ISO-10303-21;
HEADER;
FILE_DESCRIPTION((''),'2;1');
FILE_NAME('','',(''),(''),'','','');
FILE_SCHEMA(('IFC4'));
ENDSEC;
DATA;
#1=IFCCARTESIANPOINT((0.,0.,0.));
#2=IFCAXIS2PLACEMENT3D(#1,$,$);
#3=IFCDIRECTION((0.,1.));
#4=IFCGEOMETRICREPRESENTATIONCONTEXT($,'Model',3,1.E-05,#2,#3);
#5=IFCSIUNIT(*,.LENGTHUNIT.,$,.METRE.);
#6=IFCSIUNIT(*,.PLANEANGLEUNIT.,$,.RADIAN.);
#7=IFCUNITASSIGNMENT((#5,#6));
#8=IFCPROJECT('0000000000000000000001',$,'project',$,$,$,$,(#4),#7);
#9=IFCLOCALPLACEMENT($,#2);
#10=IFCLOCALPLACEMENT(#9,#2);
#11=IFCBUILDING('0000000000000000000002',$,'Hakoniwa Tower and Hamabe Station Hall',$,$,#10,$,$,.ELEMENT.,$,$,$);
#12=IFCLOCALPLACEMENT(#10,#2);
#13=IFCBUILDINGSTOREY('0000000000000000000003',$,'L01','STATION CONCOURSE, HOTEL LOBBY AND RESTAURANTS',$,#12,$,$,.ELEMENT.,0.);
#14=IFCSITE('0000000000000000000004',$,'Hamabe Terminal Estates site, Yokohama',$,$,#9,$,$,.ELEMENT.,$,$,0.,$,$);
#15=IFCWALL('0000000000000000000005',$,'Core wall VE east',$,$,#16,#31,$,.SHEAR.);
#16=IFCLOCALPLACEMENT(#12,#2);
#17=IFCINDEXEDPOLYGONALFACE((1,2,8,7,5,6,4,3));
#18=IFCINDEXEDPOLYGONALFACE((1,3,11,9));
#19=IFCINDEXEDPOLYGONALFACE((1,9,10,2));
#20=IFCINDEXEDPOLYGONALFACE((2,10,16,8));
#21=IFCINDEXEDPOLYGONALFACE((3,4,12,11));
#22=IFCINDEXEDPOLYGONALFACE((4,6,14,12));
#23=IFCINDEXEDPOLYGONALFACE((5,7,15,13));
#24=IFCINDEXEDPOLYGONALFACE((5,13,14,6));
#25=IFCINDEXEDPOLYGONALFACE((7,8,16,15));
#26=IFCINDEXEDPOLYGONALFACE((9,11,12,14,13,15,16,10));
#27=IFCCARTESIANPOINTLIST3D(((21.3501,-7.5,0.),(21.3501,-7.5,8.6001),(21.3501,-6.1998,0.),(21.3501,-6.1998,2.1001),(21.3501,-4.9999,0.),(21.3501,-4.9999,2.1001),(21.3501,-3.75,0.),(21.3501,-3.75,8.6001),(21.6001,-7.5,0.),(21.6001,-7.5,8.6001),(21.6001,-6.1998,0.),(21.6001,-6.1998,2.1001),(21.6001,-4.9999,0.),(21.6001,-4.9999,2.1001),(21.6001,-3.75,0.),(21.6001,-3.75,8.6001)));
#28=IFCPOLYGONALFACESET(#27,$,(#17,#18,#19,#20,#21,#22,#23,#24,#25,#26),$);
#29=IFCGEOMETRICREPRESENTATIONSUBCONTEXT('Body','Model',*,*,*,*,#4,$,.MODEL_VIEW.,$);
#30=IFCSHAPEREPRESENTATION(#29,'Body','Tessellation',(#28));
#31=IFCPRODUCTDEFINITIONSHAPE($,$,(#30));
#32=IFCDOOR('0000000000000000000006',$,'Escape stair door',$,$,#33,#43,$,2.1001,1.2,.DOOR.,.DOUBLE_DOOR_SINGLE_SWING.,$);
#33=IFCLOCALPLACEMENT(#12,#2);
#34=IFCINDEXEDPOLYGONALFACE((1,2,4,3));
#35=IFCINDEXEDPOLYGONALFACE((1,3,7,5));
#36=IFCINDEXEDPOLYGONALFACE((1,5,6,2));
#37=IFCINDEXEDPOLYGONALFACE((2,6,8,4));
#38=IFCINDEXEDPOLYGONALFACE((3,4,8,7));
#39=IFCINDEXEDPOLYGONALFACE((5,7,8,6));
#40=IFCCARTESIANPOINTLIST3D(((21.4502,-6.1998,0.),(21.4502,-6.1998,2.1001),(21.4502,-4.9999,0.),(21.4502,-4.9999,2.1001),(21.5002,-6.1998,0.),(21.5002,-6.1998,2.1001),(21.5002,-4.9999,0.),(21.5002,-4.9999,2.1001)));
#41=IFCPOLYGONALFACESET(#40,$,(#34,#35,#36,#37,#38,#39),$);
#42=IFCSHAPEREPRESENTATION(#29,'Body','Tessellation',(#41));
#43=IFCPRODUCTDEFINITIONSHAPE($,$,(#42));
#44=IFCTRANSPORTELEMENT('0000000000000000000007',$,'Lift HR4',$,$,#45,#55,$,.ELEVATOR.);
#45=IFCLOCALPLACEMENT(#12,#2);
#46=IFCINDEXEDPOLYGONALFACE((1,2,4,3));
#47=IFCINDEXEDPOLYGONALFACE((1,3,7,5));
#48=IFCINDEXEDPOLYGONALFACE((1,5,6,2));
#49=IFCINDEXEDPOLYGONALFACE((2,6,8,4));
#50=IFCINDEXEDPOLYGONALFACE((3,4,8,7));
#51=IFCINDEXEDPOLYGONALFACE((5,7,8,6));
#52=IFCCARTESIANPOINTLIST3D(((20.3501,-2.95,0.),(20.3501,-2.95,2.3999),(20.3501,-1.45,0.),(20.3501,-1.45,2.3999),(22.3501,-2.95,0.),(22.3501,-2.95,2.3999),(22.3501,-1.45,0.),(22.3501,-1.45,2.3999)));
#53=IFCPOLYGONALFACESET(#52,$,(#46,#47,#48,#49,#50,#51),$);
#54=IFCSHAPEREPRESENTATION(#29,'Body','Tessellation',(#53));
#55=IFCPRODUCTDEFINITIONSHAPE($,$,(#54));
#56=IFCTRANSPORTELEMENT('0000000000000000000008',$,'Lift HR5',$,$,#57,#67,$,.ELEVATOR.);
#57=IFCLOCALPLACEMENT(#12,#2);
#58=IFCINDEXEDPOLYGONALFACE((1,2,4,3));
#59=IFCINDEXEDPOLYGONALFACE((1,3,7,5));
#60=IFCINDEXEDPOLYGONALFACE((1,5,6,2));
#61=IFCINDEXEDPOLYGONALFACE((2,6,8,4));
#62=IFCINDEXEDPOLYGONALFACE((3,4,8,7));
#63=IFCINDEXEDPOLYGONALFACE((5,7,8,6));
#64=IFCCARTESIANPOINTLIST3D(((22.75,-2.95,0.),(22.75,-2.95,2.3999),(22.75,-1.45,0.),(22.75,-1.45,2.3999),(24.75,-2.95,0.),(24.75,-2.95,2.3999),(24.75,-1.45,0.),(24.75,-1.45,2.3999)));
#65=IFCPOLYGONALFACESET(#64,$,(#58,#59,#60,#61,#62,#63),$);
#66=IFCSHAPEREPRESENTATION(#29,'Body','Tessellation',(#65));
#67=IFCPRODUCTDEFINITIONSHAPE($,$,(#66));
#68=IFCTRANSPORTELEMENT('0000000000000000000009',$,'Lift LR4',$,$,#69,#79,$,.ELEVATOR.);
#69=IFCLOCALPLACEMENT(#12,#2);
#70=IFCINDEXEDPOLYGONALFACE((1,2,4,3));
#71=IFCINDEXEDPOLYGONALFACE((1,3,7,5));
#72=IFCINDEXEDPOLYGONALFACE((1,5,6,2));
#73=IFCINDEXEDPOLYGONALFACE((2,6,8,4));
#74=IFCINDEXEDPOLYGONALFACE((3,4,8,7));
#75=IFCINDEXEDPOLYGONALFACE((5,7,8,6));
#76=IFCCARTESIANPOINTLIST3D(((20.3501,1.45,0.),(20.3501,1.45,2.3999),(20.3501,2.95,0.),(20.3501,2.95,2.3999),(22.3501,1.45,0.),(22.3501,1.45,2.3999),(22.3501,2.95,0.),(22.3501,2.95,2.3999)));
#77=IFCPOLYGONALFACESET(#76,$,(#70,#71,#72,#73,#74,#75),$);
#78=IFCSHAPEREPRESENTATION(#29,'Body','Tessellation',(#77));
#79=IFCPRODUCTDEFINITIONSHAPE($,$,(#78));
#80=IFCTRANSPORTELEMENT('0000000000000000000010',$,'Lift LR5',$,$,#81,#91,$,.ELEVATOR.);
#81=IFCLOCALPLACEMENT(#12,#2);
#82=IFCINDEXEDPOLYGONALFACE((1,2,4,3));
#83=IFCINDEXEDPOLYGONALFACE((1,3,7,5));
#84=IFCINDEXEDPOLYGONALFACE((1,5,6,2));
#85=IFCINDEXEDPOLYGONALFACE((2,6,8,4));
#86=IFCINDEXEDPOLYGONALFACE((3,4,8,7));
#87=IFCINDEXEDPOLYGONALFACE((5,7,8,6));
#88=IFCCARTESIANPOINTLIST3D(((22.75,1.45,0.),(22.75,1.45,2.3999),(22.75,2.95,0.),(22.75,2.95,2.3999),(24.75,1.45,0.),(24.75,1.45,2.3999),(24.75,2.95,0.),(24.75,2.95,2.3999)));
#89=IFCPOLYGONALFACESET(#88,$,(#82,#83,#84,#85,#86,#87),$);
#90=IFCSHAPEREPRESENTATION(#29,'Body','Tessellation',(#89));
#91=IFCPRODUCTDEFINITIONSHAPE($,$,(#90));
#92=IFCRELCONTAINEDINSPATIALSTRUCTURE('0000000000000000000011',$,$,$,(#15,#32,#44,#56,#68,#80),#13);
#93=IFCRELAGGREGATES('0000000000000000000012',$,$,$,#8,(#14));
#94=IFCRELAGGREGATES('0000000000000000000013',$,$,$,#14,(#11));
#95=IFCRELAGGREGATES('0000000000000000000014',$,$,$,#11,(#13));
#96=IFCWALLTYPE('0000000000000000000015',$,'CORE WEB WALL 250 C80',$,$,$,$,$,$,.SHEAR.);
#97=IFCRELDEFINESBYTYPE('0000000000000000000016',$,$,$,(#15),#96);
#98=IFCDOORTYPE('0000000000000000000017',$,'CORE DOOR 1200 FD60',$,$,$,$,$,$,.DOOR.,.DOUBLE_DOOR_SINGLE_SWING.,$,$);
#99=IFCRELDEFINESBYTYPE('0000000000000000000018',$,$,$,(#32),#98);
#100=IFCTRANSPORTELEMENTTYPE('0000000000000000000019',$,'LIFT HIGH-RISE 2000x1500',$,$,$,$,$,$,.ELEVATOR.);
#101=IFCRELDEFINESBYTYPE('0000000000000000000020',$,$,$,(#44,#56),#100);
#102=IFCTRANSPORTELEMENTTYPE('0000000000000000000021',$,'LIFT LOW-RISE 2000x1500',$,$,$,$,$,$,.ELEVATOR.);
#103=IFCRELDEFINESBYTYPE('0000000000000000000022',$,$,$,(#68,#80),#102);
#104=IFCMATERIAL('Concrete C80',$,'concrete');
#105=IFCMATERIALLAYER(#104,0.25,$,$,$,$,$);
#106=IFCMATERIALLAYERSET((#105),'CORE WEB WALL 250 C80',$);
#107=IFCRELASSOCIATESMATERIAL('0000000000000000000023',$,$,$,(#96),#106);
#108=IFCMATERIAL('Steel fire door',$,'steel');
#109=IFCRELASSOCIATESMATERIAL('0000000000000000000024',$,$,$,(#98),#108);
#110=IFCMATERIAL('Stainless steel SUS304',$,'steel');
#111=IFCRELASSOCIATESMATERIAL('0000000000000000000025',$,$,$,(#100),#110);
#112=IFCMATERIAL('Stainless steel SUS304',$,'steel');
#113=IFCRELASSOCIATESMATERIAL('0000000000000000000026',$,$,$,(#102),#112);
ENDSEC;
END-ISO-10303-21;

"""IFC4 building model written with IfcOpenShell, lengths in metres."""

from ifc_helpers import new_model, si_unit, direction, frame, frame_2d, origin, origin_2d, place, context, subcontext, project, spatial, rectangle, extrude, material, layer, layer_set, type_object, element, fill, save


model = new_model("IFC4")

# Units and contexts
model_context = context("Model", 3, precision=1e-05, world=origin(), true_north=direction((0.0, 1.0)))
body_context = subcontext(model_context, "Body", "Model", "MODEL_VIEW")
ifc_project = project(units=[si_unit("LENGTHUNIT", "METRE"), si_unit("PLANEANGLEUNIT", "RADIAN")], contexts=[model_context])

# Site, building, storey
site_placement = place(None, origin())
site = spatial("IfcSite", under=ifc_project, at=site_placement, Name="Hamabe Terminal Estates site, Yokohama", CompositionType="ELEMENT", RefElevation=0.0)
building_placement = place(site_placement, origin())
building = spatial("IfcBuilding", under=site, at=building_placement, Name="Hakoniwa Tower and Hamabe Station Hall", CompositionType="ELEMENT")
storey_placement = place(building_placement, origin())
storey = spatial("IfcBuildingStorey", under=building, at=storey_placement, Name="L01", Description="STATION CONCOURSE, HOTEL LOBBY AND RESTAURANTS", CompositionType="ELEMENT", Elevation=0.0)

# Shared definitions
ifc_material_1 = material(Name="Concrete C80", Category="concrete")
ifc_layer = layer(ifc_material_1, 0.25)
ifc_layer_set = layer_set([ifc_layer], Name="CORE WEB WALL 250 C80")
wall_type = type_object("IfcWallType", Name="CORE WEB WALL 250 C80", PredefinedType="SHEAR", material=ifc_layer_set)

# Wall, opening, door
wall_1_placement = place(storey_placement, frame((21.4751, -7.5, 0.0), z_axis=(0.0, 0.0, 1.0), x_axis=(0.0, 1.0, 0.0)))
wall_1 = element("IfcWall", 1, at=wall_1_placement, inside=storey, type_object=wall_type, Name="Core wall VE east", PredefinedType="SHEAR", context=body_context, shape_type="SweptSolid", body=[
    extrude(rectangle(XDim=3.75, YDim=0.25, at=frame_2d((1.875, 0.0))), origin(), (0.0, 0.0, 1.0), 8.6001),
])
opening_1_placement = place(wall_1_placement, frame((1.3, 0.0, 0.0)))
opening_1 = element("IfcOpeningElement", 2, at=opening_1_placement, cuts=wall_1, PredefinedType="OPENING", context=body_context, shape_type="SweptSolid", body=[
    extrude(rectangle(XDim=1.2, YDim=2.1001, at=frame_2d((0.6001, 1.05))), frame((0.0, 0.135, 0.0), z_axis=(0.0, -1.0, 0.0), x_axis=(1.0, 0.0, 0.0)), (0.0, 0.0, 1.0), 0.27),
])
ifc_material_2 = material(Name="Steel fire door", Category="steel")
door_type_1 = type_object("IfcDoorType", Name="CORE DOOR 1200 FD60", OperationType="DOUBLE_DOOR_SINGLE_SWING", PredefinedType="DOOR", material=ifc_material_2)
door_1_placement = place(opening_1_placement, origin())
door_1 = element("IfcDoor", 3, at=door_1_placement, inside=storey, type_object=door_type_1, Name="Escape stair door", OperationType="DOUBLE_DOOR_SINGLE_SWING", OverallHeight=2.1001, OverallWidth=1.2, PredefinedType="DOOR", context=body_context, shape_type="SweptSolid", body=[
    extrude(rectangle(XDim=1.2, YDim=2.1001, at=frame_2d((0.6001, 1.05))), frame((0.0, 0.0249, 0.0), z_axis=(0.0, -1.0, 0.0), x_axis=(1.0, 0.0, 0.0)), (0.0, 0.0, 1.0), 0.05),
])
fill(opening_1, door_1)

# Transport elements
ifc_material_3 = material(Name="Stainless steel SUS304", Category="steel")
transport_element_type_1 = type_object("IfcTransportElementType", Name="LIFT HIGH-RISE 2000x1500", PredefinedType="ELEVATOR", material=ifc_material_3)
for number, where, z_axis, x_axis, name in (
    (4, (21.3501, -2.2, 0.0), (0.0, 0.0, 1.0), (1.0, 0.0, 0.0), "Lift HR4"),
    (5, (23.75, -2.2, 0.0), (0.0, 0.0, 1.0), (1.0, 0.0, 0.0), "Lift HR5"),
):
    element("IfcTransportElement", number, at=place(storey_placement, frame(where, z_axis=z_axis, x_axis=x_axis)), inside=storey, type_object=transport_element_type_1, Name=name, PredefinedType="ELEVATOR", context=body_context, shape_type="SweptSolid", body=[
        extrude(rectangle(XDim=2.0, YDim=1.5, at=origin_2d()), origin(), (0.0, 0.0, 1.0), 2.3999),
    ])
ifc_material_4 = material(Name="Stainless steel SUS304", Category="steel")
transport_element_type_2 = type_object("IfcTransportElementType", Name="LIFT LOW-RISE 2000x1500", PredefinedType="ELEVATOR", material=ifc_material_4)
for number, where, z_axis, x_axis, name in (
    (6, (21.3501, 2.2, 0.0), (0.0, 0.0, 1.0), (1.0, 0.0, 0.0), "Lift LR4"),
    (7, (23.75, 2.2, 0.0), (0.0, 0.0, 1.0), (1.0, 0.0, 0.0), "Lift LR5"),
):
    element("IfcTransportElement", number, at=place(storey_placement, frame(where, z_axis=z_axis, x_axis=x_axis)), inside=storey, type_object=transport_element_type_2, Name=name, PredefinedType="ELEVATOR", context=body_context, shape_type="SweptSolid", body=[
        extrude(rectangle(XDim=2.0, YDim=1.5, at=origin_2d()), origin(), (0.0, 0.0, 1.0), 2.3999),
    ])

save(model, "model.ifc")
